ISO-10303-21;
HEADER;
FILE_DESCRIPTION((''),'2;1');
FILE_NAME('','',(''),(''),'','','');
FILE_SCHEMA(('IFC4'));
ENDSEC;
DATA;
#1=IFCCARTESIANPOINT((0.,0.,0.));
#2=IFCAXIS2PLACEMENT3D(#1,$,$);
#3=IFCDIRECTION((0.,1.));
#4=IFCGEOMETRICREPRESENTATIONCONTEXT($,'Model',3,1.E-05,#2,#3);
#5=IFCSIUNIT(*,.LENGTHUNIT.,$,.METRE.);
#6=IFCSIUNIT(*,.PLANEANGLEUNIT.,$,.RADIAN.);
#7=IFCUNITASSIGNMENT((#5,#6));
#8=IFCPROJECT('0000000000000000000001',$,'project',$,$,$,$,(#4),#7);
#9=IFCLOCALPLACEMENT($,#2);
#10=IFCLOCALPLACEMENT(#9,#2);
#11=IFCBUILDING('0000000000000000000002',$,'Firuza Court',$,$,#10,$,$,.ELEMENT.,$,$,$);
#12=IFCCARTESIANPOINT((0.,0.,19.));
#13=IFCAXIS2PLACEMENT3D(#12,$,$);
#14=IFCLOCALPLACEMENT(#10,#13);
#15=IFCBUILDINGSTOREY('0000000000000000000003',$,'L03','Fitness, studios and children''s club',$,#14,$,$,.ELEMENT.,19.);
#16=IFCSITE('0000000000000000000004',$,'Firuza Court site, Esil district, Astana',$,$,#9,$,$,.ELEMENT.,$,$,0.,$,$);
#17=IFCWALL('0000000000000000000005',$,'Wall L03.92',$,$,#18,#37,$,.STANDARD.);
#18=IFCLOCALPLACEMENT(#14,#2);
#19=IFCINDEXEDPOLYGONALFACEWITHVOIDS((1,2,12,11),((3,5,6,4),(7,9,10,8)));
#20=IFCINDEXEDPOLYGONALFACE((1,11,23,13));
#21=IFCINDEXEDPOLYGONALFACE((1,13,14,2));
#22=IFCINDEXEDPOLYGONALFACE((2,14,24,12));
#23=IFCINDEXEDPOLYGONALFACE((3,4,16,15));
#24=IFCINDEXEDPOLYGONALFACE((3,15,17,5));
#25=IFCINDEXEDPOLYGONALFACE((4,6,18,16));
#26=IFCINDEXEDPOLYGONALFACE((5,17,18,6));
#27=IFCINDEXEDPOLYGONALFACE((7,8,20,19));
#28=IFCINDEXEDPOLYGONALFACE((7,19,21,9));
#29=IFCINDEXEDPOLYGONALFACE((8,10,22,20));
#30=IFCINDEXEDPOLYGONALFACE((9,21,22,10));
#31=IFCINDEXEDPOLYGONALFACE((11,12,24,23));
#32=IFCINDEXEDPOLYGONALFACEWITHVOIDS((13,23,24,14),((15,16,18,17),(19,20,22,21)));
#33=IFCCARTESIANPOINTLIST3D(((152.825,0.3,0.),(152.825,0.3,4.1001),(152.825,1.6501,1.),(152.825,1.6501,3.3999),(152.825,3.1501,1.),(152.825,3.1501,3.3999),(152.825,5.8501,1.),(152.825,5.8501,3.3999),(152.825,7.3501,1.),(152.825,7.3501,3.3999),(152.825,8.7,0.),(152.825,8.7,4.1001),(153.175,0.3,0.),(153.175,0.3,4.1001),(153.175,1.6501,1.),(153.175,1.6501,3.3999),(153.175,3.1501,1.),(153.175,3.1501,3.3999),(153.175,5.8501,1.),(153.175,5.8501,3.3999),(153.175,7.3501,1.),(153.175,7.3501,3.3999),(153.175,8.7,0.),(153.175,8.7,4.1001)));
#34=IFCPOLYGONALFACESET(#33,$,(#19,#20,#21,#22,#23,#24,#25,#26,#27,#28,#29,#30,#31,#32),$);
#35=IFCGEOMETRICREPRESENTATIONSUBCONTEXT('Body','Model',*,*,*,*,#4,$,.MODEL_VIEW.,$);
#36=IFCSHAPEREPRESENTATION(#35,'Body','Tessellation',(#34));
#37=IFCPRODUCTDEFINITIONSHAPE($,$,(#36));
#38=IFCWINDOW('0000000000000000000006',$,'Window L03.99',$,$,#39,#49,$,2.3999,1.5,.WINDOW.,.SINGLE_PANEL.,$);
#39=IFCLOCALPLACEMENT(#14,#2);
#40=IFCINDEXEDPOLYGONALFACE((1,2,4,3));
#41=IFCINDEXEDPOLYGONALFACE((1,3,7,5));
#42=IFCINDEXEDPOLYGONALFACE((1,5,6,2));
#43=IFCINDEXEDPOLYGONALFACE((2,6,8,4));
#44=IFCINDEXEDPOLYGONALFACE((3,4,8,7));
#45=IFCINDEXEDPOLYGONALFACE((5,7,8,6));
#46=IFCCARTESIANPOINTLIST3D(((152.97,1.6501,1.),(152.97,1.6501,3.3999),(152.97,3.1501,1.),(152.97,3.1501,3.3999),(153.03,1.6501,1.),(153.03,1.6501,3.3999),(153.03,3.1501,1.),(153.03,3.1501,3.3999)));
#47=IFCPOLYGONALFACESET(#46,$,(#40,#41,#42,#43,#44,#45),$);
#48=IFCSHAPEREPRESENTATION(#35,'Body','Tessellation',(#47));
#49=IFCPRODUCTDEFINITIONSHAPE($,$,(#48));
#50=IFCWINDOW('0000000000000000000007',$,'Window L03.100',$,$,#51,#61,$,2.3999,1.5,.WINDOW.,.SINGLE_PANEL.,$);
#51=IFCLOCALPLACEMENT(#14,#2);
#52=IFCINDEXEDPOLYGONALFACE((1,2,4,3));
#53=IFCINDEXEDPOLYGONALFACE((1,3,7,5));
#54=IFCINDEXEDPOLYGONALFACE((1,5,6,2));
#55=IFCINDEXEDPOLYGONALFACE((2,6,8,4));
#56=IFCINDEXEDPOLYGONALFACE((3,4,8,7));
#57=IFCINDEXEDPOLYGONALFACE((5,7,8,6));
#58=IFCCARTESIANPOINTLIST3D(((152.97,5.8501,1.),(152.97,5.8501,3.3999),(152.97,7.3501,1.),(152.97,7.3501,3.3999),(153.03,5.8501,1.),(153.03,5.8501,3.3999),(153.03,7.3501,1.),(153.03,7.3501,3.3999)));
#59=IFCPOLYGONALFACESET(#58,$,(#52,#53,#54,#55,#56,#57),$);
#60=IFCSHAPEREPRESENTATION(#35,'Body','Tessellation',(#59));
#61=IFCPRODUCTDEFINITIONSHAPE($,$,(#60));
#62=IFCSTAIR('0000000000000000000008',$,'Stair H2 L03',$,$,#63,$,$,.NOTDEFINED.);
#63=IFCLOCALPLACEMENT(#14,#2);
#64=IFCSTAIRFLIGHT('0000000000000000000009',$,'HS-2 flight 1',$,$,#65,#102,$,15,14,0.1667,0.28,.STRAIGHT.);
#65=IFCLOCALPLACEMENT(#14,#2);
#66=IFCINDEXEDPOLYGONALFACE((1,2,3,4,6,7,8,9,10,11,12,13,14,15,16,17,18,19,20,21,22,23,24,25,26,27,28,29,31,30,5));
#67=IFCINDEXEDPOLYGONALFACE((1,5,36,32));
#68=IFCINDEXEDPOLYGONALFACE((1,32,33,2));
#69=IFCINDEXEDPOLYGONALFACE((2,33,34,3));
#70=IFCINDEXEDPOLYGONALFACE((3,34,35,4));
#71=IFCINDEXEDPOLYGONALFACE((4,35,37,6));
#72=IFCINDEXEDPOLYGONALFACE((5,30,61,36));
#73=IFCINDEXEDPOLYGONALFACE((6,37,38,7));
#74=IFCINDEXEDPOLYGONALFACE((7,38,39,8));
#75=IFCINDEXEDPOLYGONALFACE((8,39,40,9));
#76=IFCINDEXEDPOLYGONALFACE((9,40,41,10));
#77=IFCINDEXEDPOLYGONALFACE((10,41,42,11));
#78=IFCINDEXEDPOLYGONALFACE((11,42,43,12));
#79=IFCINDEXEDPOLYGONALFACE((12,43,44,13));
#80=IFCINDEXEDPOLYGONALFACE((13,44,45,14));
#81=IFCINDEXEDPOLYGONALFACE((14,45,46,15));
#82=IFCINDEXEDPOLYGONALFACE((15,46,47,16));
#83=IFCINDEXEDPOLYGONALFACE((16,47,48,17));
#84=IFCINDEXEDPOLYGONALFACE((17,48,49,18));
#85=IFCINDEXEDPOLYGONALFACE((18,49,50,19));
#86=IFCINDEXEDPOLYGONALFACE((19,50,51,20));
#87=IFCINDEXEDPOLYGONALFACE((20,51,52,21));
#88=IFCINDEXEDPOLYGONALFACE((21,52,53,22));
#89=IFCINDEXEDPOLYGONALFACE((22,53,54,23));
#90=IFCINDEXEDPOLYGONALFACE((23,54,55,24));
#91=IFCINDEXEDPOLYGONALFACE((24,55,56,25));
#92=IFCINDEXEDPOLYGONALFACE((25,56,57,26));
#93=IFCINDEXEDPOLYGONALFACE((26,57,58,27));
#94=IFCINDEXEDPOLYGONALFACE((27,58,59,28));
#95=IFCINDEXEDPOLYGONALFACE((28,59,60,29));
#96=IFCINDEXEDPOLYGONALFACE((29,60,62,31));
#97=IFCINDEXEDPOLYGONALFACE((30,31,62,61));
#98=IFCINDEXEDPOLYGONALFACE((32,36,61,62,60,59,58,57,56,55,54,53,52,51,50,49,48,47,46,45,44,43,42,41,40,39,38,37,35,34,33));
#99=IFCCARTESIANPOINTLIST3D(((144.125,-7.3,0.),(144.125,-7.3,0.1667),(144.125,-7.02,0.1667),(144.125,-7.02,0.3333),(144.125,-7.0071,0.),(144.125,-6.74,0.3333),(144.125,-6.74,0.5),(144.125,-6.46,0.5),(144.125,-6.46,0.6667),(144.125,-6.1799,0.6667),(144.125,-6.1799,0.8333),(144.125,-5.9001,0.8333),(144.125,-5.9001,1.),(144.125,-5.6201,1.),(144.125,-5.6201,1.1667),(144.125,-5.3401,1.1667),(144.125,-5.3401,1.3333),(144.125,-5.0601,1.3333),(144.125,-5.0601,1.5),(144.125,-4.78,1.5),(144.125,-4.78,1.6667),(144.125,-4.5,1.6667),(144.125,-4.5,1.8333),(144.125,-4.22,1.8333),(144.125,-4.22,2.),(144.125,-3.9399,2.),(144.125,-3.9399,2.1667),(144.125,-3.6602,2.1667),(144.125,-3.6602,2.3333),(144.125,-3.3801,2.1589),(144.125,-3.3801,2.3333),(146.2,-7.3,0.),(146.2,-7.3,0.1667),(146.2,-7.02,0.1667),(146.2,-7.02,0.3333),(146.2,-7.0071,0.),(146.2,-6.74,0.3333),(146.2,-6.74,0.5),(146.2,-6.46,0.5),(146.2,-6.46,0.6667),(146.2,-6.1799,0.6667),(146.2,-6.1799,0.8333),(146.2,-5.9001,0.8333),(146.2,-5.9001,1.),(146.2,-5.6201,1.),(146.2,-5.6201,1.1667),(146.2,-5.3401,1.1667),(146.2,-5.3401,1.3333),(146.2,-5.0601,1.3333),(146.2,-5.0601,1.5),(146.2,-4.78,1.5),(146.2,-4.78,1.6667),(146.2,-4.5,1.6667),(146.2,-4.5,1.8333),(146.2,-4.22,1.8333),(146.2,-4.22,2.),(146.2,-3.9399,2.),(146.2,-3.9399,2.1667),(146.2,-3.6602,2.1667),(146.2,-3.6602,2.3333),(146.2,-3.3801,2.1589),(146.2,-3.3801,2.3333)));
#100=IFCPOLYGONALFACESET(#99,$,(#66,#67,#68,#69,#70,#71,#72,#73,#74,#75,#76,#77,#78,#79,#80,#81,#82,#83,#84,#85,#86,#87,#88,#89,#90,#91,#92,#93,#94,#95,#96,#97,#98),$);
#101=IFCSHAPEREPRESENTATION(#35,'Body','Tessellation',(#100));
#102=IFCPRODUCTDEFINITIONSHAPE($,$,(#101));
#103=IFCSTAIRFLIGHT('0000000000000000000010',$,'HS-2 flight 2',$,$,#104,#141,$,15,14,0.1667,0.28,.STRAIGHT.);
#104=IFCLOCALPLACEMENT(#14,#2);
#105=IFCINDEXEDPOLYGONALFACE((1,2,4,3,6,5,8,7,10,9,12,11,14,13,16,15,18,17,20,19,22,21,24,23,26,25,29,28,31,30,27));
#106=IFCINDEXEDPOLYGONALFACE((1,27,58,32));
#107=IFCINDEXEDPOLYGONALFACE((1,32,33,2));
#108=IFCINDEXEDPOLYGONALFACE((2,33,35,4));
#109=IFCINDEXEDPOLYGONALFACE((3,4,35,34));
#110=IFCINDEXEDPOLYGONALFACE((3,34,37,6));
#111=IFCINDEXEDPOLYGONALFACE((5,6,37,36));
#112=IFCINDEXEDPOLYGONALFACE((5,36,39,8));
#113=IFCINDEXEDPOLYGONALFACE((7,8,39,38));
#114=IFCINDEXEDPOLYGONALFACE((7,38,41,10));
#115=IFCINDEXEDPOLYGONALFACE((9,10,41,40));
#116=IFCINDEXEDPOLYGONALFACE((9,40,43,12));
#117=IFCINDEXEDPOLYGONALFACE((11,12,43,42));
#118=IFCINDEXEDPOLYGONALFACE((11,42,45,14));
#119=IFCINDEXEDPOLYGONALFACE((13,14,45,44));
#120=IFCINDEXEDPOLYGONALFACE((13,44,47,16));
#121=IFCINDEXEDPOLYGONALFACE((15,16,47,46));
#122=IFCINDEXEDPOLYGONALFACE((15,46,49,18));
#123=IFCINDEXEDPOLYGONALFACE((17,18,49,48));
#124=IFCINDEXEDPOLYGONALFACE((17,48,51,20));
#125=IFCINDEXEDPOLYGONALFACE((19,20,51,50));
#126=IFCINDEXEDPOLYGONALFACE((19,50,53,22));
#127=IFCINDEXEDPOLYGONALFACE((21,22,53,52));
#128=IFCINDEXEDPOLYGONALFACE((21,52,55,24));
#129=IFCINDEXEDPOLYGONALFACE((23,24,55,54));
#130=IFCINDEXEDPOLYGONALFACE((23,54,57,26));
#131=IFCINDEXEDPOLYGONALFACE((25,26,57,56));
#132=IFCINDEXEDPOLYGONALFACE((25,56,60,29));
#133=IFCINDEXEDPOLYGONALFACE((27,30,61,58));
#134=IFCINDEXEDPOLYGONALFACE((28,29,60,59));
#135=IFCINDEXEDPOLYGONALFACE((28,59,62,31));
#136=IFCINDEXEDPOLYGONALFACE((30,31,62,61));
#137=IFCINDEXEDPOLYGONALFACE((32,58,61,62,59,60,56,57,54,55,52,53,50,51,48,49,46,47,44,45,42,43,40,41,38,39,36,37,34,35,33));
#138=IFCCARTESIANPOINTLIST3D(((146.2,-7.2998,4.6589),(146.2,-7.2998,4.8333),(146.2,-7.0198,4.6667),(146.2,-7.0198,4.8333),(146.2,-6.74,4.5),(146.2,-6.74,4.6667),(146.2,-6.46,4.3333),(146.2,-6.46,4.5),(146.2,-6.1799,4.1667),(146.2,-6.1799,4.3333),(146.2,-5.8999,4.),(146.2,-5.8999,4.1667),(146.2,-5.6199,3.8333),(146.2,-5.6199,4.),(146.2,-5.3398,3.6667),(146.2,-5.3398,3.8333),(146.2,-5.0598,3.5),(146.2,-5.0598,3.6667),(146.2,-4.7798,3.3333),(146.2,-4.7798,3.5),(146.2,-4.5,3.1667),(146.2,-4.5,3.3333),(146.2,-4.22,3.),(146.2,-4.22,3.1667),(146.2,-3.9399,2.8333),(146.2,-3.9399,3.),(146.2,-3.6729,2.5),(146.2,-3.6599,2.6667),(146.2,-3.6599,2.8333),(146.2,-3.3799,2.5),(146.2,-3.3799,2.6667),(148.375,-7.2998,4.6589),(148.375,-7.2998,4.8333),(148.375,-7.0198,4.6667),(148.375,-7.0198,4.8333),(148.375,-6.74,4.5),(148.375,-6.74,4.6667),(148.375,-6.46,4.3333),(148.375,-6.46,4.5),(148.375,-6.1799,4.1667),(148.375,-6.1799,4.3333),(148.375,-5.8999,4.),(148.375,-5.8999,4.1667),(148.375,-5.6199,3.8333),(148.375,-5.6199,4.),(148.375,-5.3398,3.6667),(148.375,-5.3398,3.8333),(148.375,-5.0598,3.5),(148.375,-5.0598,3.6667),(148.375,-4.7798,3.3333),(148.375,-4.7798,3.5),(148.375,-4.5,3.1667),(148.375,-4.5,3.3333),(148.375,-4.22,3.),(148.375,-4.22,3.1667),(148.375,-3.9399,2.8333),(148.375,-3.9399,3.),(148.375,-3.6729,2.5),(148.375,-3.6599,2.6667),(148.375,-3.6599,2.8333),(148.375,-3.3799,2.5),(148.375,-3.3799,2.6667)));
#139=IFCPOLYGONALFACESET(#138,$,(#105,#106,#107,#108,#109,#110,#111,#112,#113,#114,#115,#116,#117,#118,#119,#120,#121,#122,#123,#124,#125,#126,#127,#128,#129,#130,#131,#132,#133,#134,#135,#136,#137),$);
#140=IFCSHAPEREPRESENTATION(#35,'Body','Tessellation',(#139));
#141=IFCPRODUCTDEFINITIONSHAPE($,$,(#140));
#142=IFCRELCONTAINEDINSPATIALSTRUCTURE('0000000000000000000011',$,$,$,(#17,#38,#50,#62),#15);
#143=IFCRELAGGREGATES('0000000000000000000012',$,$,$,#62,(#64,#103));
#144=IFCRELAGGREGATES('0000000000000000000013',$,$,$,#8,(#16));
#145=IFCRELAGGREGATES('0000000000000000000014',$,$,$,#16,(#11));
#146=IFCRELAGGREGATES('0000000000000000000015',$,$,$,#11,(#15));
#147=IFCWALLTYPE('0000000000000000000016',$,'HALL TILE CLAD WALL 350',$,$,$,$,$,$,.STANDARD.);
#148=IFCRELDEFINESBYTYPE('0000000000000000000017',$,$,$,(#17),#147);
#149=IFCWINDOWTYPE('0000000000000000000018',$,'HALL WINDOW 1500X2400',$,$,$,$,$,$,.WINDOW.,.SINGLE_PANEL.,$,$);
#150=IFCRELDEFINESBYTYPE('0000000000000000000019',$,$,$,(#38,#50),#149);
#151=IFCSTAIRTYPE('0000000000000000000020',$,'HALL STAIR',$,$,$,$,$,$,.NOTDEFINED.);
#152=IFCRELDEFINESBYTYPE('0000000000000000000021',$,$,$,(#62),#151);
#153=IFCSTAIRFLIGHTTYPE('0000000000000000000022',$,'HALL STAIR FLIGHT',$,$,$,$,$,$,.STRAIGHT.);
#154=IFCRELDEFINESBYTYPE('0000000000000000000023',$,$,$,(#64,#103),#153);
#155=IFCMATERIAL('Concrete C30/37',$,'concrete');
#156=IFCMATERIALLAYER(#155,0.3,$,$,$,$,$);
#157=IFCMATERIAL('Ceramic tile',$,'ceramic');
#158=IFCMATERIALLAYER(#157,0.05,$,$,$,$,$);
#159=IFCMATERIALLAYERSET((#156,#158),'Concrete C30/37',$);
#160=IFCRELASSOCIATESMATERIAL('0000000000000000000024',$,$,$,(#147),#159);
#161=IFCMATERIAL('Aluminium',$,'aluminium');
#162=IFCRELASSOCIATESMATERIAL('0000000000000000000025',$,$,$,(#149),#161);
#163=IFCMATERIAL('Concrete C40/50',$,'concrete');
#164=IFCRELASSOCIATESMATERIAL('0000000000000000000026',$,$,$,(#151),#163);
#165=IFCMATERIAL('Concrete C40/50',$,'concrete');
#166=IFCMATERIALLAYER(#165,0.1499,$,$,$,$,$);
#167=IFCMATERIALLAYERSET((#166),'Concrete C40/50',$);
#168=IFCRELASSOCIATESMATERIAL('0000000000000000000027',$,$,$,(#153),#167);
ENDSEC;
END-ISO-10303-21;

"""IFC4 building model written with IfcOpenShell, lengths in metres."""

from ifc_helpers import new_model, si_unit, direction, frame, frame_2d, origin, place, context, subcontext, project, spatial, polyline, rectangle, outline, extrude, material, layer, layer_set, type_object, element, fill, aggregate, save


model = new_model("IFC4")

# Units and contexts
model_context = context("Model", 3, precision=1e-05, world=origin(), true_north=direction((0.0, 1.0)))
body_context = subcontext(model_context, "Body", "Model", "MODEL_VIEW")
ifc_project = project(units=[si_unit("LENGTHUNIT", "METRE"), si_unit("PLANEANGLEUNIT", "RADIAN")], contexts=[model_context])

# Site, building, storey
site_placement = place(None, origin())
site = spatial("IfcSite", under=ifc_project, at=site_placement, Name="Firuza Court site, Esil district, Astana", CompositionType="ELEMENT", RefElevation=0.0)
building_placement = place(site_placement, origin())
building = spatial("IfcBuilding", under=site, at=building_placement, Name="Firuza Court", CompositionType="ELEMENT")
storey_placement = place(building_placement, frame((0.0, 0.0, 19.0)))
storey = spatial("IfcBuildingStorey", under=building, at=storey_placement, Name="L03", Description="Fitness, studios and children's club", CompositionType="ELEMENT", Elevation=19.0)

# Shared definitions
ifc_material_1 = material(Name="Concrete C40/50", Category="concrete")
ifc_material_2 = material(Name="Concrete C30/37", Category="concrete")
ifc_layer_1 = layer(ifc_material_2, 0.3)
ifc_material_3 = material(Name="Ceramic tile", Category="ceramic")
ifc_layer_2 = layer(ifc_material_3, 0.05)
ifc_layer_set_1 = layer_set([ifc_layer_1, ifc_layer_2], Name="Concrete C30/37")
wall_type_1 = type_object("IfcWallType", Name="HALL TILE CLAD WALL 350", PredefinedType="STANDARD", material=ifc_layer_set_1)

# Shared definitions
ifc_material_4 = material(Name="Aluminium", Category="aluminium")
window_type = type_object("IfcWindowType", Name="HALL WINDOW 1500X2400", PartitioningType="SINGLE_PANEL", PredefinedType="WINDOW", material=ifc_material_4)

# Wall, openings, windows
wall_1_placement = place(storey_placement, frame((153.0, 0.3, 0.0), z_axis=(0.0, 0.0, 1.0), x_axis=(0.0, 1.0, 0.0)))
wall_1 = element("IfcWall", 1, at=wall_1_placement, inside=storey, type_object=wall_type_1, Name="Wall L03.92", PredefinedType="STANDARD", context=body_context, shape_type="SweptSolid", body=[
    extrude(rectangle(XDim=8.3999, YDim=0.3501, at=frame_2d((4.2, 0.0))), origin(), (0.0, 0.0, 1.0), 4.1001),
])
opening_1_placement = place(wall_1_placement, frame((1.3501, 0.0, 1.0)))
opening_1 = element("IfcOpeningElement", 2, at=opening_1_placement, cuts=wall_1, PredefinedType="OPENING", context=body_context, shape_type="SweptSolid", body=[
    extrude(rectangle(XDim=1.5, YDim=2.3999, at=frame_2d((0.75, 1.2))), frame((0.0, 0.187, 0.0), z_axis=(0.0, -1.0, 0.0), x_axis=(1.0, 0.0, 0.0)), (0.0, 0.0, 1.0), 0.374),
])
opening_2_placement = place(wall_1_placement, frame((5.55, 0.0, 1.0)))
opening_2 = element("IfcOpeningElement", 3, at=opening_2_placement, cuts=wall_1, PredefinedType="OPENING", context=body_context, shape_type="SweptSolid", body=[
    extrude(rectangle(XDim=1.5, YDim=2.3999, at=frame_2d((0.75, 1.2))), frame((0.0, 0.187, 0.0), z_axis=(0.0, -1.0, 0.0), x_axis=(1.0, 0.0, 0.0)), (0.0, 0.0, 1.0), 0.374),
])
window_1_placement = place(opening_1_placement, origin())
window_1 = element("IfcWindow", 4, at=window_1_placement, inside=storey, type_object=window_type, Name="Window L03.99", OverallHeight=2.3999, OverallWidth=1.5, PartitioningType="SINGLE_PANEL", PredefinedType="WINDOW", context=body_context, shape_type="SweptSolid", body=[
    extrude(rectangle(XDim=1.5, YDim=2.3999, at=frame_2d((0.75, 1.2))), frame((0.0, 0.03, 0.0), z_axis=(0.0, -1.0, 0.0), x_axis=(1.0, 0.0, 0.0)), (0.0, 0.0, 1.0), 0.0601),
])
fill(opening_1, window_1)
window_2_placement = place(opening_2_placement, origin())
window_2 = element("IfcWindow", 5, at=window_2_placement, inside=storey, type_object=window_type, Name="Window L03.100", OverallHeight=2.3999, OverallWidth=1.5, PartitioningType="SINGLE_PANEL", PredefinedType="WINDOW", context=body_context, shape_type="SweptSolid", body=[
    extrude(rectangle(XDim=1.5, YDim=2.3999, at=frame_2d((0.75, 1.2))), frame((0.0, 0.03, 0.0), z_axis=(0.0, -1.0, 0.0), x_axis=(1.0, 0.0, 0.0)), (0.0, 0.0, 1.0), 0.0601),
])
fill(opening_2, window_2)

# Stair, stair flights
ifc_material_5 = material(Name="Concrete C40/50", Category="concrete")
stair_type = type_object("IfcStairType", Name="HALL STAIR", PredefinedType="NOTDEFINED", material=ifc_material_5)
stair_placement = place(storey_placement, origin())
stair = element("IfcStair", 6, at=stair_placement, inside=storey, type_object=stair_type, Name="Stair H2 L03", PredefinedType="NOTDEFINED")
ifc_layer_3 = layer(ifc_material_1, 0.1499)
ifc_layer_set_2 = layer_set([ifc_layer_3], Name="Concrete C40/50")
stair_flight_type = type_object("IfcStairFlightType", Name="HALL STAIR FLIGHT", PredefinedType="STRAIGHT", material=ifc_layer_set_2)
stair_flight_1_placement = place(storey_placement, frame((145.1626, -7.3, 0.0), z_axis=(0.0, 0.0, 1.0), x_axis=(0.0, 1.0, 0.0)))
stair_flight_1 = element("IfcStairFlight", 7, at=stair_flight_1_placement, type_object=stair_flight_type, Name="HS-2 flight 1", NumberOfRisers=15, NumberOfTreads=14, PredefinedType="STRAIGHT", RiserHeight=0.1667, TreadLength=0.28, context=body_context, shape_type="SweptSolid", body=[
    extrude(outline(polyline([(0.0, 0.0), (0.0, 0.1667), (0.28, 0.1667), (0.28, 0.3333), (0.5601, 0.3333), (0.5601, 0.5), (0.8401, 0.5), (0.8401, 0.6667), (1.1201, 0.6667), (1.1201, 0.8333), (1.3999, 0.8333), (1.3999, 1.0), (1.6799, 1.0), (1.6799, 1.1667), (1.96, 1.1667), (1.96, 1.3333), (2.24, 1.3333), (2.24, 1.5), (2.52, 1.5), (2.52, 1.6667), (2.8, 1.6667), (2.8, 1.8333), (3.0801, 1.8333), (3.0801, 2.0), (3.3601, 2.0), (3.3601, 2.1667), (3.6399, 2.1667), (3.6399, 2.3333), (3.9199, 2.3333), (3.9199, 2.5), (3.9199, 2.1589), (0.293, 0.0), (0.0, 0.0)])), frame((0.0, 1.0376, 0.0), z_axis=(0.0, -1.0, 0.0), x_axis=(1.0, 0.0, 0.0)), (0.0, 0.0, 1.0), 2.075),
])
stair_flight_2_placement = place(storey_placement, frame((147.2876, -3.3799, 2.5), z_axis=(0.0, 0.0, 1.0), x_axis=(0.0, -1.0, 0.0)))
stair_flight_2 = element("IfcStairFlight", 8, at=stair_flight_2_placement, type_object=stair_flight_type, Name="HS-2 flight 2", NumberOfRisers=15, NumberOfTreads=14, PredefinedType="STRAIGHT", RiserHeight=0.1667, TreadLength=0.28, context=body_context, shape_type="SweptSolid", body=[
    extrude(outline(polyline([(0.0, 0.0), (0.0, 0.1667), (0.28, 0.1667), (0.28, 0.3333), (0.5601, 0.3333), (0.5601, 0.5), (0.8401, 0.5), (0.8401, 0.6667), (1.1201, 0.6667), (1.1201, 0.8333), (1.3999, 0.8333), (1.3999, 1.0), (1.6799, 1.0), (1.6799, 1.1667), (1.96, 1.1667), (1.96, 1.3333), (2.24, 1.3333), (2.24, 1.5), (2.52, 1.5), (2.52, 1.6667), (2.8, 1.6667), (2.8, 1.8333), (3.0801, 1.8333), (3.0801, 2.0), (3.3601, 2.0), (3.3601, 2.1667), (3.6399, 2.1667), (3.6399, 2.3333), (3.9199, 2.3333), (3.9199, 2.5), (3.9199, 2.1589), (0.293, 0.0), (0.0, 0.0)])), frame((0.0, 1.0874, 0.0), z_axis=(0.0, -1.0, 0.0), x_axis=(1.0, 0.0, 0.0)), (0.0, 0.0, 1.0), 2.175),
])
aggregate(stair, [stair_flight_1, stair_flight_2])

save(model, "model.ifc")
